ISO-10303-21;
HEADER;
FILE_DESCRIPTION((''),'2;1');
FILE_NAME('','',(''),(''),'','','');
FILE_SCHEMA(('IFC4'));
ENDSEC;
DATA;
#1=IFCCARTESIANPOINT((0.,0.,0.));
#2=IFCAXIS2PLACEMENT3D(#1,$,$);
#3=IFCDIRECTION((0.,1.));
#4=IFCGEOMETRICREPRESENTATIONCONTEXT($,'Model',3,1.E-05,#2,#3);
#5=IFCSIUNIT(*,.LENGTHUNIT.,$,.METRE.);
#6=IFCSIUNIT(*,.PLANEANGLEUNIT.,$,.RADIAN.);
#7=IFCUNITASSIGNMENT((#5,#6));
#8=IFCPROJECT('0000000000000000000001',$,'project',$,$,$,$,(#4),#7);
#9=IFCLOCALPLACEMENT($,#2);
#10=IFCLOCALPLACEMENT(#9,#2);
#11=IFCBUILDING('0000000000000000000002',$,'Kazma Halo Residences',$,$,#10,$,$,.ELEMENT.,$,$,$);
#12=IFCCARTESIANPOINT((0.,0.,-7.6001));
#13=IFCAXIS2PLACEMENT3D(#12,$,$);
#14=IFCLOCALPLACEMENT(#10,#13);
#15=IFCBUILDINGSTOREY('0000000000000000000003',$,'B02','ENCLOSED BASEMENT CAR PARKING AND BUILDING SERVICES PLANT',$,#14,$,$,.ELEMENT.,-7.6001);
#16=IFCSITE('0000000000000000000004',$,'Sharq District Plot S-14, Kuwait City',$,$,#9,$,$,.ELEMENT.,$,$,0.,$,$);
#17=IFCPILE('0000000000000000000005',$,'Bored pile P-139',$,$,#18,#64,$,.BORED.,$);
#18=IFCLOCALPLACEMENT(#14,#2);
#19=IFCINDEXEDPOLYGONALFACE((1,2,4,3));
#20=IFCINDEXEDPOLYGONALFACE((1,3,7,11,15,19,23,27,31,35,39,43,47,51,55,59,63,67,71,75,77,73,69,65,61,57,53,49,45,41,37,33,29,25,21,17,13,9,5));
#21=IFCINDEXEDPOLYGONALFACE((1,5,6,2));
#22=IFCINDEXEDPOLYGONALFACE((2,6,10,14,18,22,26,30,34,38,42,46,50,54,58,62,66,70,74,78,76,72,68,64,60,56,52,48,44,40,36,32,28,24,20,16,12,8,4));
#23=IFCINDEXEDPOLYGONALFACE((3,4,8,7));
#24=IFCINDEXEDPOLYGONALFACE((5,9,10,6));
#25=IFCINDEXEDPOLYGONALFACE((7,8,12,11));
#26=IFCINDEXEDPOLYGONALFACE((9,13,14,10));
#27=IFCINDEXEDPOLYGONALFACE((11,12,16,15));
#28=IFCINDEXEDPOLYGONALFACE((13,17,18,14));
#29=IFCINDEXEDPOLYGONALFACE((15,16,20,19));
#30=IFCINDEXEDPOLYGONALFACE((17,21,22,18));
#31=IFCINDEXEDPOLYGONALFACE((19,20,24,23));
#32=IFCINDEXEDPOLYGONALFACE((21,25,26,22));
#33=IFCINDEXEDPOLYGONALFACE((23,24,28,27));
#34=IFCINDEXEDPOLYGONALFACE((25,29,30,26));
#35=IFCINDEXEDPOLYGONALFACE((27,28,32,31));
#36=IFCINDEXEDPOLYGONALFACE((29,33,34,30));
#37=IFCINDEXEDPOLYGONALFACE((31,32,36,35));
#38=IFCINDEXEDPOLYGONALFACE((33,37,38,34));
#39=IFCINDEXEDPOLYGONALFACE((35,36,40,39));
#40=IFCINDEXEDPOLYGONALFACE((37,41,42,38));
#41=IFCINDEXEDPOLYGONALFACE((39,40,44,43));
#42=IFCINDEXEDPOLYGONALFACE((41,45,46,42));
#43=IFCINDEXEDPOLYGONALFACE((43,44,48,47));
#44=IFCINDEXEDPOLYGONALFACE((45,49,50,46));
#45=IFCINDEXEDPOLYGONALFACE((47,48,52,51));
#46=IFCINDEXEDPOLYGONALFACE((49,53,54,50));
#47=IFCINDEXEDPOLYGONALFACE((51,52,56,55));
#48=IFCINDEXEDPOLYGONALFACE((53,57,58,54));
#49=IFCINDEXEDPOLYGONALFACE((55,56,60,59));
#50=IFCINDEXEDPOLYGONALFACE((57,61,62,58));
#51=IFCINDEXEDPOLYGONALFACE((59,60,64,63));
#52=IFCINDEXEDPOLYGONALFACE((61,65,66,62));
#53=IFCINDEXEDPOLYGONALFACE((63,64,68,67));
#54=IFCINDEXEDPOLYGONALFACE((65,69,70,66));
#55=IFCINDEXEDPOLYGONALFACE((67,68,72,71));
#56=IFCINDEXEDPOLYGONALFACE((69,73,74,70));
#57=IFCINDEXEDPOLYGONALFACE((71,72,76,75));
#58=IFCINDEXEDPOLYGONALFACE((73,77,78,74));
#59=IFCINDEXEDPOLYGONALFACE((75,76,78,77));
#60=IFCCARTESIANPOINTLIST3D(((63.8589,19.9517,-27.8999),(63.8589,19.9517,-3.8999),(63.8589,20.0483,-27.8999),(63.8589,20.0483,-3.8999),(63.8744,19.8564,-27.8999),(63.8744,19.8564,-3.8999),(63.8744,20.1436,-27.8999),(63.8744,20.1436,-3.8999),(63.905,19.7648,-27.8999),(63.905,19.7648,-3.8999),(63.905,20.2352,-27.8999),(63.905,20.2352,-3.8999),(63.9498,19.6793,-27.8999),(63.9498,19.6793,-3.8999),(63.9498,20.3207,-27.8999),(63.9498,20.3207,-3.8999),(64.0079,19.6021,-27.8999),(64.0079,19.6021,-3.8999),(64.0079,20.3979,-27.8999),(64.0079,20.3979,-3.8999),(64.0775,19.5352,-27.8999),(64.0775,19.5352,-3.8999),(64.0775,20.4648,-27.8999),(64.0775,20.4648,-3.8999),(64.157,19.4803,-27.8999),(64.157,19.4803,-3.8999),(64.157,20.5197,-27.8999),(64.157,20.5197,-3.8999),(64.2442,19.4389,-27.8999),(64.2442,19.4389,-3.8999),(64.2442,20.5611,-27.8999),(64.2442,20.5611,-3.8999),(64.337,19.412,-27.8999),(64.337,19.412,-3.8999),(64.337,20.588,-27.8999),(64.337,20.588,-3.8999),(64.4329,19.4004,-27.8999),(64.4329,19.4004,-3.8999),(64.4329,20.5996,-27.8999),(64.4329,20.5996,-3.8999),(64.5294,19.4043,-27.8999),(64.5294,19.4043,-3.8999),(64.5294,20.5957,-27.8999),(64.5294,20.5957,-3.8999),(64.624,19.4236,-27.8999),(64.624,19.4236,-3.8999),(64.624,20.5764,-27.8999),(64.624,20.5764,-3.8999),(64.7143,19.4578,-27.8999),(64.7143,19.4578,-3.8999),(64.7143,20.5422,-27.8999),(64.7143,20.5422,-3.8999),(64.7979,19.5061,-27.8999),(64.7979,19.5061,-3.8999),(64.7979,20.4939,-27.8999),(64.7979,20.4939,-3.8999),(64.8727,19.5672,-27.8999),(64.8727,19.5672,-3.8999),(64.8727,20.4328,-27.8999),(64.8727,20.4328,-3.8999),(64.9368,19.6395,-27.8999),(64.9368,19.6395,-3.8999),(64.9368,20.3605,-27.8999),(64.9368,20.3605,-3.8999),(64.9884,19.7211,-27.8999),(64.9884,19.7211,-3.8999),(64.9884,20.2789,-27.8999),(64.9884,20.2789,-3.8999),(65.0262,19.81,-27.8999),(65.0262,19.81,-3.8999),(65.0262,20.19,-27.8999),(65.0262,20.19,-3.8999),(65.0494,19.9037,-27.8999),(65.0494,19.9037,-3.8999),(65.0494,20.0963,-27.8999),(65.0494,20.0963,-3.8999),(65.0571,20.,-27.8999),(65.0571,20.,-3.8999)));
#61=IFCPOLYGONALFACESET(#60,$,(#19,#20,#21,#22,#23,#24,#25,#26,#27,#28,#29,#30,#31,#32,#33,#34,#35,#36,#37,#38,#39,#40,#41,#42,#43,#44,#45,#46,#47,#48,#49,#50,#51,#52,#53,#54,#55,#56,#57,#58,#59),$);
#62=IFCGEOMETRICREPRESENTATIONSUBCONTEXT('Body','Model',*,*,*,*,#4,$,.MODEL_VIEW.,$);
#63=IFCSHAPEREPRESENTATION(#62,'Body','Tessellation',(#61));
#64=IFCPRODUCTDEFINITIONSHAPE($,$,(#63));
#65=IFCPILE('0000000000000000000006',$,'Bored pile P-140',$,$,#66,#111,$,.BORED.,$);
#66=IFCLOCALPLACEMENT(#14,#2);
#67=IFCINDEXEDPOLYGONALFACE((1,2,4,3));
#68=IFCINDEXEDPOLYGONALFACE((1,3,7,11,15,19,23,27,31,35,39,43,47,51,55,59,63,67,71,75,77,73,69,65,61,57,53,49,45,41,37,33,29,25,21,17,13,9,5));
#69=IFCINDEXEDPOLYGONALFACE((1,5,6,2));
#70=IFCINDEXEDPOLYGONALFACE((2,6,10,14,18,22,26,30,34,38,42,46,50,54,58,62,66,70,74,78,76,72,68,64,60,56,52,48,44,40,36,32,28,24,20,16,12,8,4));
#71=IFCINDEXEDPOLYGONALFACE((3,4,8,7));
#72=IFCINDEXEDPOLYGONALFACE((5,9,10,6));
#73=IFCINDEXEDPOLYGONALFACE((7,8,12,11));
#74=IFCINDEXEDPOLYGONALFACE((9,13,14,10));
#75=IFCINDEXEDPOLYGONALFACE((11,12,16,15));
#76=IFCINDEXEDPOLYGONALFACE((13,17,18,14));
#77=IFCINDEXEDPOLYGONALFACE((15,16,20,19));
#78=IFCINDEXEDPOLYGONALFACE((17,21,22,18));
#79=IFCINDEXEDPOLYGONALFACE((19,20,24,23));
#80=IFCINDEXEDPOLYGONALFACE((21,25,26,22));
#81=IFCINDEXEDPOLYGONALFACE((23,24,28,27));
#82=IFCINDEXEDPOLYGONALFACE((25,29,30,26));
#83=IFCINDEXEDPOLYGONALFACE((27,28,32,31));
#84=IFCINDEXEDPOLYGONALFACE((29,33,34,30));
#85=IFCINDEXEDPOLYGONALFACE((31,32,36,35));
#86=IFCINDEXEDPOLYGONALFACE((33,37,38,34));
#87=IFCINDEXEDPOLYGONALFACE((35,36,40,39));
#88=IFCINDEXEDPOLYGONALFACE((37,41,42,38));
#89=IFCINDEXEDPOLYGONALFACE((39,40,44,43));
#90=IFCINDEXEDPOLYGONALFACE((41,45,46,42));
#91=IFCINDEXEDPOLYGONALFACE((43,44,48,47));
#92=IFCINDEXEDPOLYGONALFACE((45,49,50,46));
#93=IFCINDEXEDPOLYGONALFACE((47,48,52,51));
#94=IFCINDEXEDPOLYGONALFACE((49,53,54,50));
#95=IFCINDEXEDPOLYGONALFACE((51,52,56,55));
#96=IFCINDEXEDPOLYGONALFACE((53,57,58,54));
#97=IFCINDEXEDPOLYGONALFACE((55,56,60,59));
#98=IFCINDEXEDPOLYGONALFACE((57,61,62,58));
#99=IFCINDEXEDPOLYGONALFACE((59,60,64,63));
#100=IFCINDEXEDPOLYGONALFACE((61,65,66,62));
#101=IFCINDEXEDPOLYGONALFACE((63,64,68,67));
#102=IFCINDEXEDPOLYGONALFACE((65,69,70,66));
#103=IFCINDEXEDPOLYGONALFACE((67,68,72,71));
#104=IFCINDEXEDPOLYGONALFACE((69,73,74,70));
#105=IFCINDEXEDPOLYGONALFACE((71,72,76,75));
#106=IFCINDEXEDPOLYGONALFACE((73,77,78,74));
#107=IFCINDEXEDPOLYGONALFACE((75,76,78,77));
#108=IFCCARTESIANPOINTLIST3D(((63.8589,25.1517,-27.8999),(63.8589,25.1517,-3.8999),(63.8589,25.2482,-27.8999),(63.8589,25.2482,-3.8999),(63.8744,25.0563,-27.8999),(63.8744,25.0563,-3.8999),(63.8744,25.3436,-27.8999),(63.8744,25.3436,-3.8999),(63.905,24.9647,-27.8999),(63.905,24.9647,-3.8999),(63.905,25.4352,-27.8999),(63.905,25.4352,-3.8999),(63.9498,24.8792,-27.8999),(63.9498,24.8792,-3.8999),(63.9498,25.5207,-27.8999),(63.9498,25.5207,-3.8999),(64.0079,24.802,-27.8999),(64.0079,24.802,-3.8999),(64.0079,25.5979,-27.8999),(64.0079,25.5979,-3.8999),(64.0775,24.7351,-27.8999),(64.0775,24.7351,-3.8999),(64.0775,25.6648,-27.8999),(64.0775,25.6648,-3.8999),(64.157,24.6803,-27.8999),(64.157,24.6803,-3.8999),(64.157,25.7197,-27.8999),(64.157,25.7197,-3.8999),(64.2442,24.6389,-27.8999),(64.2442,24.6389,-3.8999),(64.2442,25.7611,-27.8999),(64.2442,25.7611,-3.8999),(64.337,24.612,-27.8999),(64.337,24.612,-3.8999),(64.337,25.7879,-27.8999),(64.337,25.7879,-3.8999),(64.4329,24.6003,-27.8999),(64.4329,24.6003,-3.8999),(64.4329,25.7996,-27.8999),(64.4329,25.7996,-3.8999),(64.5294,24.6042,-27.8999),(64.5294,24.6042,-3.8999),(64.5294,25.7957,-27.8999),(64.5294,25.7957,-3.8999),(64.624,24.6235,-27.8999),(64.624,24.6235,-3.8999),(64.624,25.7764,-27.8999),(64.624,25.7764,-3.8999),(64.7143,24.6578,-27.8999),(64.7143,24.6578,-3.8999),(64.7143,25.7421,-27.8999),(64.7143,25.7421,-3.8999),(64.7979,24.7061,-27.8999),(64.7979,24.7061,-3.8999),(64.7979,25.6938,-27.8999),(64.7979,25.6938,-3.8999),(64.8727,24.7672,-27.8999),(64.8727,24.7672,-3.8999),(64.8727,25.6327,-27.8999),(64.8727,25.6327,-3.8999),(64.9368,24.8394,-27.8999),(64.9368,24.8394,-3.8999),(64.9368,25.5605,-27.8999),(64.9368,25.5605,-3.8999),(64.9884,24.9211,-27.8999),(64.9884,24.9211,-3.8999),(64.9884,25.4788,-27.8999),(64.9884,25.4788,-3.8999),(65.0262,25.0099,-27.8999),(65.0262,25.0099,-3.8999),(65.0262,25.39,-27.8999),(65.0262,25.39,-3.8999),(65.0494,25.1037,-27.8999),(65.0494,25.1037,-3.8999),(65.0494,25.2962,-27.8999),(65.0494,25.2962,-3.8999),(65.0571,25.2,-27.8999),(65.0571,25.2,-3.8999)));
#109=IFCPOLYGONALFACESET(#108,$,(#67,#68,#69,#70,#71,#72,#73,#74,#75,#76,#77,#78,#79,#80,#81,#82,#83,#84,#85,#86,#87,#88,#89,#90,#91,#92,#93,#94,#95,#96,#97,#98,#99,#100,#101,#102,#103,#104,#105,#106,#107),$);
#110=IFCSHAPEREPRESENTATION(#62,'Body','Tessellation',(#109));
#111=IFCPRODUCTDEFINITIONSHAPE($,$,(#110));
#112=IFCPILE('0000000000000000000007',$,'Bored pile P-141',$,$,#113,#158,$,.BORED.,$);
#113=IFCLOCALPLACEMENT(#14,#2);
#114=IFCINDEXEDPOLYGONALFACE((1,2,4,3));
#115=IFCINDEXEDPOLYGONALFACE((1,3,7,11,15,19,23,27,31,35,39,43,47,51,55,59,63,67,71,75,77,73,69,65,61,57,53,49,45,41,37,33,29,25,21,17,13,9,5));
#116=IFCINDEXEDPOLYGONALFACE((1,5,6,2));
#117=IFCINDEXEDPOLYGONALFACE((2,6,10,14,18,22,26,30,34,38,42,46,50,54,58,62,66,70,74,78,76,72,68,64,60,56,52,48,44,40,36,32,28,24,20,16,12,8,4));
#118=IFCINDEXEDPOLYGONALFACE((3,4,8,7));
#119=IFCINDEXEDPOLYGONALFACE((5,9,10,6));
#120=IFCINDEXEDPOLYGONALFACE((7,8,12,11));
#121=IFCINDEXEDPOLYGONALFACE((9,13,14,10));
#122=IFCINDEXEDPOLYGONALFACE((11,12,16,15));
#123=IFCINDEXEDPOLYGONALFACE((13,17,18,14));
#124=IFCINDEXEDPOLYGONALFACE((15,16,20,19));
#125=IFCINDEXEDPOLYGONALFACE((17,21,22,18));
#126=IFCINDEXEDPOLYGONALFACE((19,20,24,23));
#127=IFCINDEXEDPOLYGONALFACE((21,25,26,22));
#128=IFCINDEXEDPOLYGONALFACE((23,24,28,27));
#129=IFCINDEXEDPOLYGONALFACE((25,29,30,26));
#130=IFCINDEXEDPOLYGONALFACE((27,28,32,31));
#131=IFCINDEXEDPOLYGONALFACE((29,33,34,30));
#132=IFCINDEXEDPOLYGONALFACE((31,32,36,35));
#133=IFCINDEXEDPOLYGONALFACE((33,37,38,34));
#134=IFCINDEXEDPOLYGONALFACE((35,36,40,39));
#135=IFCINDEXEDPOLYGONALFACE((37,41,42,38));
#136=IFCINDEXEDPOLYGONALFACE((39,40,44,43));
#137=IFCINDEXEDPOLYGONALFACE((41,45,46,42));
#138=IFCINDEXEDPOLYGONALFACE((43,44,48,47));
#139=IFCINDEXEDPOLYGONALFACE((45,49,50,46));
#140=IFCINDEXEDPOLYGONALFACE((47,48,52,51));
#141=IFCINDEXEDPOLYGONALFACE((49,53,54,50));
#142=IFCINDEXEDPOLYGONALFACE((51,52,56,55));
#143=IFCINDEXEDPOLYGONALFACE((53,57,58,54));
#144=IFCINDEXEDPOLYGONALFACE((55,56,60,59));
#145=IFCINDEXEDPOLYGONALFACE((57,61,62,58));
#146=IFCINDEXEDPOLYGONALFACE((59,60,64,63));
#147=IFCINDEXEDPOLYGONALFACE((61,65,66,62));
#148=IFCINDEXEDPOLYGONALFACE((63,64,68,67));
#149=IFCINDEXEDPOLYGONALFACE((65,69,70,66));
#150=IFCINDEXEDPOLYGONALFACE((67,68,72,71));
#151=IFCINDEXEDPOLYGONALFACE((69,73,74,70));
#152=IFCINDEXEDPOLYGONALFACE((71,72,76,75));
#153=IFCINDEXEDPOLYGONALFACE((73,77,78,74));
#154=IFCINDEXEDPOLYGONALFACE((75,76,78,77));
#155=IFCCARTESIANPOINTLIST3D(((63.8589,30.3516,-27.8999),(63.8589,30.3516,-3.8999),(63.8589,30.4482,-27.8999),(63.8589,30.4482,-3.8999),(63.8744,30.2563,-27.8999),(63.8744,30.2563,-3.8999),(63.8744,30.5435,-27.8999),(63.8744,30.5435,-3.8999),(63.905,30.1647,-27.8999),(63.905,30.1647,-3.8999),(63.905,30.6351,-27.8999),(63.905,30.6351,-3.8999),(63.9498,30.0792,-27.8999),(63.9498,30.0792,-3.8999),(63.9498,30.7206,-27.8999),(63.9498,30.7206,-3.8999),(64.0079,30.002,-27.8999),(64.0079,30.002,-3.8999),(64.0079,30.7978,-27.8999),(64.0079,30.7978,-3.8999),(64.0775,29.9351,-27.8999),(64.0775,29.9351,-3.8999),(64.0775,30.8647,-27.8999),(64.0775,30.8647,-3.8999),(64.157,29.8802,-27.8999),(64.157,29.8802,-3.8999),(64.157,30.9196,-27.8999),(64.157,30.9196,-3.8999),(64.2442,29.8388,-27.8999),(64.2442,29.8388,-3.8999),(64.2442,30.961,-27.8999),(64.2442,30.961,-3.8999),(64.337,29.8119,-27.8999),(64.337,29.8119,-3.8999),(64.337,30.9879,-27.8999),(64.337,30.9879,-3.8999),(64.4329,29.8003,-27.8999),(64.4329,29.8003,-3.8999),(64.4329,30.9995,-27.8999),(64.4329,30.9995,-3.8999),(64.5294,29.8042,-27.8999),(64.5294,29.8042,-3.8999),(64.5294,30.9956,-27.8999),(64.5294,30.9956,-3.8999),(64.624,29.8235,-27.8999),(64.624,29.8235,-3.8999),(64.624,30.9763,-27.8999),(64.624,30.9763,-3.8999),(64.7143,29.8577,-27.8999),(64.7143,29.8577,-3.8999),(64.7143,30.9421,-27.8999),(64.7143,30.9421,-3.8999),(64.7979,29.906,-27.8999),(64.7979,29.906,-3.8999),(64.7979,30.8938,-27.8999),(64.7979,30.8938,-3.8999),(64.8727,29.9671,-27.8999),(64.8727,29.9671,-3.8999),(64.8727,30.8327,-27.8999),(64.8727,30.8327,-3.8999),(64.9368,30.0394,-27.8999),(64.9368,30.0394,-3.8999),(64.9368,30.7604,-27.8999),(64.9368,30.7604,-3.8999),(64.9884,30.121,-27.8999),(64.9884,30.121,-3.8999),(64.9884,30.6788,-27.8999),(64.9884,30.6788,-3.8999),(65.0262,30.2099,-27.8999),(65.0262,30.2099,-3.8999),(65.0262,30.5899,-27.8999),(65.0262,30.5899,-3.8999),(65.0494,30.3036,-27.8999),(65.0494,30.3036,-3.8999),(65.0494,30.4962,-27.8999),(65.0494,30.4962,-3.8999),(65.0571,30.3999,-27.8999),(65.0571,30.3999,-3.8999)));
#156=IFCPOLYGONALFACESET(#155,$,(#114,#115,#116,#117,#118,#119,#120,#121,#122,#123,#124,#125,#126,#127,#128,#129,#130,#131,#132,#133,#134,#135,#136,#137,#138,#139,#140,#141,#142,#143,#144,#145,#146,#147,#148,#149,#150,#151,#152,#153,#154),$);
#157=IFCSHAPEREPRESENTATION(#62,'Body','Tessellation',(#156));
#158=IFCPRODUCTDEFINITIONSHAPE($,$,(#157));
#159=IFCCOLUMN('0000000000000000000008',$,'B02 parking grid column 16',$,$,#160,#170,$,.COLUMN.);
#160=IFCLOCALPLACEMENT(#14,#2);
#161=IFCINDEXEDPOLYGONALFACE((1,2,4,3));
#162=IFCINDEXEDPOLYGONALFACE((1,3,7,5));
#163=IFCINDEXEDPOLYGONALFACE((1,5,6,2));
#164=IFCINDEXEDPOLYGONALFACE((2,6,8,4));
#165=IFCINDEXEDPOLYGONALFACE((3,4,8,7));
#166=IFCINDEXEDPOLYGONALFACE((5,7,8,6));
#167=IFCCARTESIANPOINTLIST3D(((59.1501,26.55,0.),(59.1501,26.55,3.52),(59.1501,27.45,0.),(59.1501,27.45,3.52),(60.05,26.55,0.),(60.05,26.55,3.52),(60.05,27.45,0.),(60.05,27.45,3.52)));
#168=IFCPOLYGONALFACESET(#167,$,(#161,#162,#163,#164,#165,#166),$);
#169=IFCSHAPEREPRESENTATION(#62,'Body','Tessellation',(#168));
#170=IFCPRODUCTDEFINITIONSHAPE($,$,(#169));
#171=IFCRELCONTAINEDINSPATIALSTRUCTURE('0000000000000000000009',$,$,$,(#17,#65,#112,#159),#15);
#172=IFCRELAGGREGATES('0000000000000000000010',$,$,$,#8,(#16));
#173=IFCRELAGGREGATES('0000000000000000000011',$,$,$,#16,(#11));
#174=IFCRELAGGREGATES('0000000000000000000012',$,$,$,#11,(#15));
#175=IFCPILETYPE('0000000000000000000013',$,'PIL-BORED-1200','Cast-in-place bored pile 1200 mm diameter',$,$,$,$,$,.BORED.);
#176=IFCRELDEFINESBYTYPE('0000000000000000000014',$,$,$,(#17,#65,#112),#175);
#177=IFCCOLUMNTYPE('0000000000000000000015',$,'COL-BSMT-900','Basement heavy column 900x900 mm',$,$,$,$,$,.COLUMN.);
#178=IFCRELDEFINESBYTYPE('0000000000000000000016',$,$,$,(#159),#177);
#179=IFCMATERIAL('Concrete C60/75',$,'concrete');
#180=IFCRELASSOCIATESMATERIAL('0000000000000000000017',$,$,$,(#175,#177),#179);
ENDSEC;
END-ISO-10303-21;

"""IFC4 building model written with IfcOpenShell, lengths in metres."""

from ifc_helpers import new_model, si_unit, direction, frame, origin, origin_2d, place, context, subcontext, project, spatial, rectangle, circle, extrude, material, material_profile, profile_set, type_object, element, save


model = new_model("IFC4")

# Units and contexts
model_context = context("Model", 3, precision=1e-05, world=origin(), true_north=direction((0.0, 1.0)))
body_context = subcontext(model_context, "Body", "Model", "MODEL_VIEW")
ifc_project = project(units=[si_unit("LENGTHUNIT", "METRE"), si_unit("PLANEANGLEUNIT", "RADIAN")], contexts=[model_context])

# Site, building, storey
site_placement = place(None, origin())
site = spatial("IfcSite", under=ifc_project, at=site_placement, Name="Sharq District Plot S-14, Kuwait City", CompositionType="ELEMENT", RefElevation=0.0)
building_placement = place(site_placement, origin())
building = spatial("IfcBuilding", under=site, at=building_placement, Name="Kazma Halo Residences", CompositionType="ELEMENT")
storey_placement = place(building_placement, frame((0.0, 0.0, -7.6001)))
storey = spatial("IfcBuildingStorey", under=building, at=storey_placement, Name="B02", Description="ENCLOSED BASEMENT CAR PARKING AND BUILDING SERVICES PLANT", CompositionType="ELEMENT", Elevation=-7.6001)

# Piles
ifc_material_1 = material(Name="Concrete C60/75", Category="concrete")
ifc_material_profile_1 = material_profile(ifc_material_1, circle(Radius=0.6001, at=origin_2d()), Name="CIRC1200")
ifc_profile_set_1 = profile_set([ifc_material_profile_1], Name="Concrete C60/75")
pile_type = type_object("IfcPileType", Name="PIL-BORED-1200", Description="Cast-in-place bored pile 1200 mm diameter", PredefinedType="BORED", material=ifc_profile_set_1)
for number, where, z_axis, x_axis, name in (
    (1, (64.457, 20.0, -3.8999), (0.0, 0.0, -1.0), (1.0, 0.0, 0.0), "Bored pile P-139"),
    (2, (64.457, 25.2, -3.8999), (0.0, 0.0, -1.0), (1.0, 0.0, 0.0), "Bored pile P-140"),
    (3, (64.457, 30.3999, -3.8999), (0.0, 0.0, -1.0), (1.0, 0.0, 0.0), "Bored pile P-141"),
):
    element("IfcPile", number, at=place(storey_placement, frame(where, z_axis=z_axis, x_axis=x_axis)), inside=storey, type_object=pile_type, Name=name, PredefinedType="BORED", context=body_context, shape_type="SweptSolid", body=[
        extrude(circle(Radius=0.6001, at=origin_2d()), origin(), (0.0, 0.0, 1.0), 24.0),
    ])

# Column
ifc_material_profile_2 = material_profile(ifc_material_1, rectangle(XDim=0.8999, YDim=0.8999, at=origin_2d()), Name="RECT900x900")
ifc_profile_set_2 = profile_set([ifc_material_profile_2], Name="Concrete C60/75")
column_type_1 = type_object("IfcColumnType", Name="COL-BSMT-900", Description="Basement heavy column 900x900 mm", PredefinedType="COLUMN", material=ifc_profile_set_2)
column_placement = place(storey_placement, frame((59.6001, 27.0, 0.0), z_axis=(0.0, 0.0, 1.0), x_axis=(1.0, 0.0, 0.0)))
element("IfcColumn", 4, at=column_placement, inside=storey, type_object=column_type_1, Name="B02 parking grid column 16", PredefinedType="COLUMN", context=body_context, shape_type="SweptSolid", body=[
    extrude(rectangle(XDim=0.8999, YDim=0.8999, at=origin_2d()), origin(), (0.0, 0.0, 1.0), 3.52),
])

save(model, "model.ifc")
